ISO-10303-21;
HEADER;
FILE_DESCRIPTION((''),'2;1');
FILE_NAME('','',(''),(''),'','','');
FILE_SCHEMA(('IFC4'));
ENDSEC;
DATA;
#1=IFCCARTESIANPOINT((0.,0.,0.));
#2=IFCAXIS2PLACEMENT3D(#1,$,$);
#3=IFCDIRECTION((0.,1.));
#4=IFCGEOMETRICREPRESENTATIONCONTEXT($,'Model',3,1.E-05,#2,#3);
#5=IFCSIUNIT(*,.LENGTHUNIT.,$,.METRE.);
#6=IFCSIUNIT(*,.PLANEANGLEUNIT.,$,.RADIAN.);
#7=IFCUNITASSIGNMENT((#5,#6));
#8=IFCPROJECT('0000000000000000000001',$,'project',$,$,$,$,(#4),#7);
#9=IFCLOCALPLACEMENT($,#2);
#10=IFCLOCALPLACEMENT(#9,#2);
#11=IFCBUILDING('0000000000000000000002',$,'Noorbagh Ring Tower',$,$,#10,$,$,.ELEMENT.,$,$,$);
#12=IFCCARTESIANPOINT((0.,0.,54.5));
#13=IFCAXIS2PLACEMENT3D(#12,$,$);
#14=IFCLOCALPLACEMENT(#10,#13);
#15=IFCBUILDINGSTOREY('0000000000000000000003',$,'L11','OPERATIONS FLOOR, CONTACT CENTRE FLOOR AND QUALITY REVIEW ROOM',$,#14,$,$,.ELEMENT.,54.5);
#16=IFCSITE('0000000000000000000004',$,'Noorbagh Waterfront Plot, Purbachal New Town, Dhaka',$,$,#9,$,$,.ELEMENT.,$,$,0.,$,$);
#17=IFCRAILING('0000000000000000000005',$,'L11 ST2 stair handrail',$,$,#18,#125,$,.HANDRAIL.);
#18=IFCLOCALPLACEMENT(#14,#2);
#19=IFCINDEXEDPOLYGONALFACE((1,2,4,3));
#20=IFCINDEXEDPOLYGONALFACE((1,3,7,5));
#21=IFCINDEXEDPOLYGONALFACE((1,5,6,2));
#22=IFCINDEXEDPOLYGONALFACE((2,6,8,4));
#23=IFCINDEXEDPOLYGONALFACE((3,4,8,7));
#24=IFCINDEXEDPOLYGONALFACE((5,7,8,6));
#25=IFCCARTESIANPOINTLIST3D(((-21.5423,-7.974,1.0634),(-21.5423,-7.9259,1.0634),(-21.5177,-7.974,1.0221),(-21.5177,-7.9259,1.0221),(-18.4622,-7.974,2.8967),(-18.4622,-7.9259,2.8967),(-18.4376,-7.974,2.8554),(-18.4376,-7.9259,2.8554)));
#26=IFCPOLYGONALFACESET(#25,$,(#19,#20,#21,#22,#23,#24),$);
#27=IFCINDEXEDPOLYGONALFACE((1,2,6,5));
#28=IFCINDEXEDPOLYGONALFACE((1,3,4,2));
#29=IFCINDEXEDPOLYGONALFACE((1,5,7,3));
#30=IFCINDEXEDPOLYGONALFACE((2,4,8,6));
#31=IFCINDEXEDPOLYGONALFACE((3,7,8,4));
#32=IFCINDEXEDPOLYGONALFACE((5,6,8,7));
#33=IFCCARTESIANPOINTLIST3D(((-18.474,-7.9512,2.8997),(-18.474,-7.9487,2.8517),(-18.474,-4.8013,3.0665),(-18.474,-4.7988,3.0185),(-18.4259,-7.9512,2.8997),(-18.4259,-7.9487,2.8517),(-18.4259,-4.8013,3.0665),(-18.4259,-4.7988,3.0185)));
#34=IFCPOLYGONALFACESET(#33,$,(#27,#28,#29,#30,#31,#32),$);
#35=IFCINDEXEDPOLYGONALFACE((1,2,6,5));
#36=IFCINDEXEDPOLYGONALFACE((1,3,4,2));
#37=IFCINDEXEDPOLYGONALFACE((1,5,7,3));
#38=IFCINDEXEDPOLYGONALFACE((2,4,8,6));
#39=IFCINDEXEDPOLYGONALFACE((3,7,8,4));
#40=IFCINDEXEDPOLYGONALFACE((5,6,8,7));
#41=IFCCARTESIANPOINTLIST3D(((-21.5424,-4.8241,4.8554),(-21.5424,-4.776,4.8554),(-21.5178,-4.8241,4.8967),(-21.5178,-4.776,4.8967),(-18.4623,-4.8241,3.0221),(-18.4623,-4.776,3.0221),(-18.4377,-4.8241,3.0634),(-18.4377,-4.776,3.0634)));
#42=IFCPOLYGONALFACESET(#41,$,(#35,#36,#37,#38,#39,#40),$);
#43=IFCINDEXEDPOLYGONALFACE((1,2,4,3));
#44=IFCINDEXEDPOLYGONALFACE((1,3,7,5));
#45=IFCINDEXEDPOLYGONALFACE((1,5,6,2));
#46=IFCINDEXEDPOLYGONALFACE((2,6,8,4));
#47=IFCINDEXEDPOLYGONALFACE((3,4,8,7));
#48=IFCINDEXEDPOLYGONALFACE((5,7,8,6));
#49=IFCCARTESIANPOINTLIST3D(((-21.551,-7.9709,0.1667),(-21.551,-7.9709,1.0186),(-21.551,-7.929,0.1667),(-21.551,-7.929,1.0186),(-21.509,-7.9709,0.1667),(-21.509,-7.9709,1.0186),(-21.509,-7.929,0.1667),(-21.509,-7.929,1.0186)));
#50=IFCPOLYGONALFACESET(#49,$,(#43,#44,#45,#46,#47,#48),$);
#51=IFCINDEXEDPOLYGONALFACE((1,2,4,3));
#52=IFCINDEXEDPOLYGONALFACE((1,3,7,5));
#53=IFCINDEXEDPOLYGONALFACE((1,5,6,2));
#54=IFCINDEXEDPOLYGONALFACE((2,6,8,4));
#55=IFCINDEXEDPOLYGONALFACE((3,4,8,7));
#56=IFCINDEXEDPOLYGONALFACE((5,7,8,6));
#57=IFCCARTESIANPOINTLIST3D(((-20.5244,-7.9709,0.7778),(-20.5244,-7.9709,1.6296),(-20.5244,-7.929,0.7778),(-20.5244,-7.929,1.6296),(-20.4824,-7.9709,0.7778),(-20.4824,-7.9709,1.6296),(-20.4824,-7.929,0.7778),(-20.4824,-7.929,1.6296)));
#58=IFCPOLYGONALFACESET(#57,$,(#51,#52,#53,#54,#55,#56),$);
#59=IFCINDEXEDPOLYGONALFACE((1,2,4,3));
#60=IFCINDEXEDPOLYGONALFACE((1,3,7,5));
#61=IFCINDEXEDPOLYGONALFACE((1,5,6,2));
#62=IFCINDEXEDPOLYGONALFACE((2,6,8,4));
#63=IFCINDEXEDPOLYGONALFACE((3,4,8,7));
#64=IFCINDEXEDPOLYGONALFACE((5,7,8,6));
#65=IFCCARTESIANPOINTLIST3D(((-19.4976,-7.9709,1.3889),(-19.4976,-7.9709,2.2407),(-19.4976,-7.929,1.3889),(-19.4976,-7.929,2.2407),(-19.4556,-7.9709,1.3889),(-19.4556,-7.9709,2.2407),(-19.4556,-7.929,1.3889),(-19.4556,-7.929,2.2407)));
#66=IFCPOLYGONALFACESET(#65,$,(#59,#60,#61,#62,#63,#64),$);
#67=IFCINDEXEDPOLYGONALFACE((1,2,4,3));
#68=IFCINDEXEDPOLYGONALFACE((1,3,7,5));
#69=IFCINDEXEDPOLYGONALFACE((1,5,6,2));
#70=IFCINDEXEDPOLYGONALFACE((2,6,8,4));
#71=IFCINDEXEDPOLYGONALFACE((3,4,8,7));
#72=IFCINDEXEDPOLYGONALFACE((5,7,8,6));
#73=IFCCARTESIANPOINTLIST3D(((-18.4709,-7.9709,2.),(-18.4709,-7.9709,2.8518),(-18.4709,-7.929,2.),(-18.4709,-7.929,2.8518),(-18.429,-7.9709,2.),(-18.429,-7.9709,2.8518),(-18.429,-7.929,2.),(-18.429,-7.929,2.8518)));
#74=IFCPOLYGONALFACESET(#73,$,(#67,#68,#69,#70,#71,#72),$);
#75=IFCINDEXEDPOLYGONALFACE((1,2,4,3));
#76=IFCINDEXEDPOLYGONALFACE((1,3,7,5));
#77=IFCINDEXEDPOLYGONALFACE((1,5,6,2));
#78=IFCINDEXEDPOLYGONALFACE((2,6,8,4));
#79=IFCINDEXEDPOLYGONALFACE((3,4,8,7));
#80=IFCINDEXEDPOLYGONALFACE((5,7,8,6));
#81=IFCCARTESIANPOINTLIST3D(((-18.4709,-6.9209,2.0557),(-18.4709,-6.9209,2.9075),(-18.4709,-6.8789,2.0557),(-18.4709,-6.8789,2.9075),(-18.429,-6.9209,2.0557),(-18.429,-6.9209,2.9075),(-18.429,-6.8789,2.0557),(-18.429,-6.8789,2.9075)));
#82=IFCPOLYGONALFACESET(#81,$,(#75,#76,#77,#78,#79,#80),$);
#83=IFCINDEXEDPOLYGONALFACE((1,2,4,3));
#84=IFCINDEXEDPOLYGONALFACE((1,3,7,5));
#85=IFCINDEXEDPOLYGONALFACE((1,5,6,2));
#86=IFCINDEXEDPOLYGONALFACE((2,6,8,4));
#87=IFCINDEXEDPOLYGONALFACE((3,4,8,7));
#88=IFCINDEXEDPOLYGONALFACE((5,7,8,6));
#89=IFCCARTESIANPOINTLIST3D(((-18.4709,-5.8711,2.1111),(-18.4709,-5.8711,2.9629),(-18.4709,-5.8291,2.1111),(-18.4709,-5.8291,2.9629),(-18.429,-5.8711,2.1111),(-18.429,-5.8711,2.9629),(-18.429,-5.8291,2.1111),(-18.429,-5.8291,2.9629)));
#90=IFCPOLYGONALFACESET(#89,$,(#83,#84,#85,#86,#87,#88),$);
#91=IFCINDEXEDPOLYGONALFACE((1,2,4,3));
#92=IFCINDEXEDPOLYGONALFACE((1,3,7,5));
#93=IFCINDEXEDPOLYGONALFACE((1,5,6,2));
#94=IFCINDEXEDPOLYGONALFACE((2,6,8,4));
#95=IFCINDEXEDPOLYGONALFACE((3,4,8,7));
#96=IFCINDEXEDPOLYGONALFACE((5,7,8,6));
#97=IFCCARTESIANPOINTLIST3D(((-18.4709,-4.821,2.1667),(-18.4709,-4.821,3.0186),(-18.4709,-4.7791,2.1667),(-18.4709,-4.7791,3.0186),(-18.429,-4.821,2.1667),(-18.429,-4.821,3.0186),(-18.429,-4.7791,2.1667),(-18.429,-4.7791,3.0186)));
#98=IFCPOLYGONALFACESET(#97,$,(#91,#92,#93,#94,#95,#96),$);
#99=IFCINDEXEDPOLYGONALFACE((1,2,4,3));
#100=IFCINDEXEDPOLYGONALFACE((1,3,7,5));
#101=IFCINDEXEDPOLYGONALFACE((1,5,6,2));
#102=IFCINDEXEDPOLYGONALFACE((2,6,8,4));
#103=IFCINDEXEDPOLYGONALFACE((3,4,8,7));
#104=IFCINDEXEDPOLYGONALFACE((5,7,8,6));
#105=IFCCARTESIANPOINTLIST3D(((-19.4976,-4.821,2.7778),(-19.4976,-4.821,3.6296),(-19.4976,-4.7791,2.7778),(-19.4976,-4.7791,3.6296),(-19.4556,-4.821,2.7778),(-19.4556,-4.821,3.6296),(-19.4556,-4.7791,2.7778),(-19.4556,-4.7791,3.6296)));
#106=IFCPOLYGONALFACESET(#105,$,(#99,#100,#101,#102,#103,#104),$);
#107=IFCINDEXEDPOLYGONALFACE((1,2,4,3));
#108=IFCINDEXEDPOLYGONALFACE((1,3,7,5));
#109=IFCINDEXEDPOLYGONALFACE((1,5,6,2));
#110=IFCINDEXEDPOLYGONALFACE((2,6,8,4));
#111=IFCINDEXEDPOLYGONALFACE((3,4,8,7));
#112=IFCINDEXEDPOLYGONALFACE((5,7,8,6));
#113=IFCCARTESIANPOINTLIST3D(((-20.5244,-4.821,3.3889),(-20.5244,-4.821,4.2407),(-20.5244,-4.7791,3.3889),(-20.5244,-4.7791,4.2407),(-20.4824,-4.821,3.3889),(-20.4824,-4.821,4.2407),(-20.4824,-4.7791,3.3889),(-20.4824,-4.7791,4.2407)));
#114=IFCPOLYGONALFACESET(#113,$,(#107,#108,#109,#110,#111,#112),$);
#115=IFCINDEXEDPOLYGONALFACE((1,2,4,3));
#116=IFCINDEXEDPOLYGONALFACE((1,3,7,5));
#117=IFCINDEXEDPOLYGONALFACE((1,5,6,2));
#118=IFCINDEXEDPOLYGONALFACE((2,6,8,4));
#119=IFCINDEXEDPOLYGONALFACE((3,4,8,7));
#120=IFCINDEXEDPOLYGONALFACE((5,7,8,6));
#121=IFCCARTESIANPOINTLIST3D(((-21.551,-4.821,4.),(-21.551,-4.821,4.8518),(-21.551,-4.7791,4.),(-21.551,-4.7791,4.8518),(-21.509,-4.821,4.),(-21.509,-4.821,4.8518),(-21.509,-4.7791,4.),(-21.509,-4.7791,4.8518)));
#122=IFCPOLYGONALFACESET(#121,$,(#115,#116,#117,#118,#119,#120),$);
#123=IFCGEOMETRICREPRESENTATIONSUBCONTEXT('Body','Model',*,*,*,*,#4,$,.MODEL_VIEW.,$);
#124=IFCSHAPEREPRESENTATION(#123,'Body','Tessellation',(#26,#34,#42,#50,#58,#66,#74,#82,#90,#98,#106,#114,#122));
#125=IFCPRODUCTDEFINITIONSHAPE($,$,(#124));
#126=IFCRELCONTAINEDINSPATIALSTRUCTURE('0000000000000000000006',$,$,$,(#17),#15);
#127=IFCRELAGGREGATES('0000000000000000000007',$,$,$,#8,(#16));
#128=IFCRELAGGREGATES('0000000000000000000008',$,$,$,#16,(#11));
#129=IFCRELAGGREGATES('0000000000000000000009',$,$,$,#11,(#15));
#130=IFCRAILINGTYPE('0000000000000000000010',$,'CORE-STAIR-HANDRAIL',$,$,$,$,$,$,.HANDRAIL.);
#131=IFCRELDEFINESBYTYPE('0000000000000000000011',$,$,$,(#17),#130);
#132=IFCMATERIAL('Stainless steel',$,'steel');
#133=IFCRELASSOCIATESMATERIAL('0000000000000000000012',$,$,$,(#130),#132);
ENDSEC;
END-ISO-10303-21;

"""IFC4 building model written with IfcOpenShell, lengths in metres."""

from ifc_helpers import new_model, si_unit, direction, frame, origin, origin_2d, place, context, subcontext, project, spatial, rectangle, extrude, material, type_object, element, save


model = new_model("IFC4")

# Units and contexts
model_context = context("Model", 3, precision=1e-05, world=origin(), true_north=direction((0.0, 1.0)))
body_context = subcontext(model_context, "Body", "Model", "MODEL_VIEW")
ifc_project = project(units=[si_unit("LENGTHUNIT", "METRE"), si_unit("PLANEANGLEUNIT", "RADIAN")], contexts=[model_context])

# Site, building, storey
site_placement = place(None, origin())
site = spatial("IfcSite", under=ifc_project, at=site_placement, Name="Noorbagh Waterfront Plot, Purbachal New Town, Dhaka", CompositionType="ELEMENT", RefElevation=0.0)
building_placement = place(site_placement, origin())
building = spatial("IfcBuilding", under=site, at=building_placement, Name="Noorbagh Ring Tower", CompositionType="ELEMENT")
storey_placement = place(building_placement, frame((0.0, 0.0, 54.5)))
storey = spatial("IfcBuildingStorey", under=building, at=storey_placement, Name="L11", Description="OPERATIONS FLOOR, CONTACT CENTRE FLOOR AND QUALITY REVIEW ROOM", CompositionType="ELEMENT", Elevation=54.5)

# Railing
ifc_material_1 = material(Name="Stainless steel", Category="steel")
railing_type_1 = type_object("IfcRailingType", Name="CORE-STAIR-HANDRAIL", PredefinedType="HANDRAIL", material=ifc_material_1)
railing_1_placement = place(storey_placement, frame((-21.53, -7.95, 0.1667)))
element("IfcRailing", 1, at=railing_1_placement, inside=storey, type_object=railing_type_1, Name="L11 ST2 stair handrail", PredefinedType="HANDRAIL", context=body_context, shape_type="SweptSolid", body=[
    extrude(rectangle(XDim=0.0481, YDim=0.0481, at=origin_2d()), frame((0.0, 0.0, 0.876), z_axis=(0.859309, 0.0, 0.511458), x_axis=(0.0, 1.0, 0.0)), (0.0, 0.0, 1.0), 3.5845),
    extrude(rectangle(XDim=0.0481, YDim=0.0481, at=origin_2d()), frame((3.0801, 0.0, 2.709), z_axis=(0.0, 0.998602, 0.052864), x_axis=(-1.0, 0.0, 0.0)), (0.0, 0.0, 1.0), 3.1543),
    extrude(rectangle(XDim=0.0481, YDim=0.0481, at=origin_2d()), frame((3.0801, 3.1499, 2.876), z_axis=(-0.859309, 0.0, 0.511458), x_axis=(0.0, -1.0, 0.0)), (0.0, 0.0, 1.0), 3.5845),
    extrude(rectangle(XDim=0.042, YDim=0.042, at=origin_2d()), origin(), (0.0, 0.0, 1.0), 0.8518),
    extrude(rectangle(XDim=0.042, YDim=0.042, at=origin_2d()), frame((1.0266, 0.0, 0.6111)), (0.0, 0.0, 1.0), 0.8518),
    extrude(rectangle(XDim=0.042, YDim=0.042, at=origin_2d()), frame((2.0535, 0.0, 1.2222)), (0.0, 0.0, 1.0), 0.8518),
    extrude(rectangle(XDim=0.042, YDim=0.042, at=origin_2d()), frame((3.0801, 0.0, 1.8333)), (0.0, 0.0, 1.0), 0.8518),
    extrude(rectangle(XDim=0.042, YDim=0.042, at=origin_2d()), frame((3.0801, 1.05, 1.8889)), (0.0, 0.0, 1.0), 0.8518),
    extrude(rectangle(XDim=0.042, YDim=0.042, at=origin_2d()), frame((3.0801, 2.0999, 1.9443)), (0.0, 0.0, 1.0), 0.8518),
    extrude(rectangle(XDim=0.042, YDim=0.042, at=origin_2d()), frame((3.0801, 3.1499, 2.0)), (0.0, 0.0, 1.0), 0.8518),
    extrude(rectangle(XDim=0.042, YDim=0.042, at=origin_2d()), frame((2.0535, 3.1499, 2.6111)), (0.0, 0.0, 1.0), 0.8518),
    extrude(rectangle(XDim=0.042, YDim=0.042, at=origin_2d()), frame((1.0266, 3.1499, 3.2222)), (0.0, 0.0, 1.0), 0.8518),
    extrude(rectangle(XDim=0.042, YDim=0.042, at=origin_2d()), frame((0.0, 3.1499, 3.8333)), (0.0, 0.0, 1.0), 0.8518),
])

save(model, "model.ifc")
